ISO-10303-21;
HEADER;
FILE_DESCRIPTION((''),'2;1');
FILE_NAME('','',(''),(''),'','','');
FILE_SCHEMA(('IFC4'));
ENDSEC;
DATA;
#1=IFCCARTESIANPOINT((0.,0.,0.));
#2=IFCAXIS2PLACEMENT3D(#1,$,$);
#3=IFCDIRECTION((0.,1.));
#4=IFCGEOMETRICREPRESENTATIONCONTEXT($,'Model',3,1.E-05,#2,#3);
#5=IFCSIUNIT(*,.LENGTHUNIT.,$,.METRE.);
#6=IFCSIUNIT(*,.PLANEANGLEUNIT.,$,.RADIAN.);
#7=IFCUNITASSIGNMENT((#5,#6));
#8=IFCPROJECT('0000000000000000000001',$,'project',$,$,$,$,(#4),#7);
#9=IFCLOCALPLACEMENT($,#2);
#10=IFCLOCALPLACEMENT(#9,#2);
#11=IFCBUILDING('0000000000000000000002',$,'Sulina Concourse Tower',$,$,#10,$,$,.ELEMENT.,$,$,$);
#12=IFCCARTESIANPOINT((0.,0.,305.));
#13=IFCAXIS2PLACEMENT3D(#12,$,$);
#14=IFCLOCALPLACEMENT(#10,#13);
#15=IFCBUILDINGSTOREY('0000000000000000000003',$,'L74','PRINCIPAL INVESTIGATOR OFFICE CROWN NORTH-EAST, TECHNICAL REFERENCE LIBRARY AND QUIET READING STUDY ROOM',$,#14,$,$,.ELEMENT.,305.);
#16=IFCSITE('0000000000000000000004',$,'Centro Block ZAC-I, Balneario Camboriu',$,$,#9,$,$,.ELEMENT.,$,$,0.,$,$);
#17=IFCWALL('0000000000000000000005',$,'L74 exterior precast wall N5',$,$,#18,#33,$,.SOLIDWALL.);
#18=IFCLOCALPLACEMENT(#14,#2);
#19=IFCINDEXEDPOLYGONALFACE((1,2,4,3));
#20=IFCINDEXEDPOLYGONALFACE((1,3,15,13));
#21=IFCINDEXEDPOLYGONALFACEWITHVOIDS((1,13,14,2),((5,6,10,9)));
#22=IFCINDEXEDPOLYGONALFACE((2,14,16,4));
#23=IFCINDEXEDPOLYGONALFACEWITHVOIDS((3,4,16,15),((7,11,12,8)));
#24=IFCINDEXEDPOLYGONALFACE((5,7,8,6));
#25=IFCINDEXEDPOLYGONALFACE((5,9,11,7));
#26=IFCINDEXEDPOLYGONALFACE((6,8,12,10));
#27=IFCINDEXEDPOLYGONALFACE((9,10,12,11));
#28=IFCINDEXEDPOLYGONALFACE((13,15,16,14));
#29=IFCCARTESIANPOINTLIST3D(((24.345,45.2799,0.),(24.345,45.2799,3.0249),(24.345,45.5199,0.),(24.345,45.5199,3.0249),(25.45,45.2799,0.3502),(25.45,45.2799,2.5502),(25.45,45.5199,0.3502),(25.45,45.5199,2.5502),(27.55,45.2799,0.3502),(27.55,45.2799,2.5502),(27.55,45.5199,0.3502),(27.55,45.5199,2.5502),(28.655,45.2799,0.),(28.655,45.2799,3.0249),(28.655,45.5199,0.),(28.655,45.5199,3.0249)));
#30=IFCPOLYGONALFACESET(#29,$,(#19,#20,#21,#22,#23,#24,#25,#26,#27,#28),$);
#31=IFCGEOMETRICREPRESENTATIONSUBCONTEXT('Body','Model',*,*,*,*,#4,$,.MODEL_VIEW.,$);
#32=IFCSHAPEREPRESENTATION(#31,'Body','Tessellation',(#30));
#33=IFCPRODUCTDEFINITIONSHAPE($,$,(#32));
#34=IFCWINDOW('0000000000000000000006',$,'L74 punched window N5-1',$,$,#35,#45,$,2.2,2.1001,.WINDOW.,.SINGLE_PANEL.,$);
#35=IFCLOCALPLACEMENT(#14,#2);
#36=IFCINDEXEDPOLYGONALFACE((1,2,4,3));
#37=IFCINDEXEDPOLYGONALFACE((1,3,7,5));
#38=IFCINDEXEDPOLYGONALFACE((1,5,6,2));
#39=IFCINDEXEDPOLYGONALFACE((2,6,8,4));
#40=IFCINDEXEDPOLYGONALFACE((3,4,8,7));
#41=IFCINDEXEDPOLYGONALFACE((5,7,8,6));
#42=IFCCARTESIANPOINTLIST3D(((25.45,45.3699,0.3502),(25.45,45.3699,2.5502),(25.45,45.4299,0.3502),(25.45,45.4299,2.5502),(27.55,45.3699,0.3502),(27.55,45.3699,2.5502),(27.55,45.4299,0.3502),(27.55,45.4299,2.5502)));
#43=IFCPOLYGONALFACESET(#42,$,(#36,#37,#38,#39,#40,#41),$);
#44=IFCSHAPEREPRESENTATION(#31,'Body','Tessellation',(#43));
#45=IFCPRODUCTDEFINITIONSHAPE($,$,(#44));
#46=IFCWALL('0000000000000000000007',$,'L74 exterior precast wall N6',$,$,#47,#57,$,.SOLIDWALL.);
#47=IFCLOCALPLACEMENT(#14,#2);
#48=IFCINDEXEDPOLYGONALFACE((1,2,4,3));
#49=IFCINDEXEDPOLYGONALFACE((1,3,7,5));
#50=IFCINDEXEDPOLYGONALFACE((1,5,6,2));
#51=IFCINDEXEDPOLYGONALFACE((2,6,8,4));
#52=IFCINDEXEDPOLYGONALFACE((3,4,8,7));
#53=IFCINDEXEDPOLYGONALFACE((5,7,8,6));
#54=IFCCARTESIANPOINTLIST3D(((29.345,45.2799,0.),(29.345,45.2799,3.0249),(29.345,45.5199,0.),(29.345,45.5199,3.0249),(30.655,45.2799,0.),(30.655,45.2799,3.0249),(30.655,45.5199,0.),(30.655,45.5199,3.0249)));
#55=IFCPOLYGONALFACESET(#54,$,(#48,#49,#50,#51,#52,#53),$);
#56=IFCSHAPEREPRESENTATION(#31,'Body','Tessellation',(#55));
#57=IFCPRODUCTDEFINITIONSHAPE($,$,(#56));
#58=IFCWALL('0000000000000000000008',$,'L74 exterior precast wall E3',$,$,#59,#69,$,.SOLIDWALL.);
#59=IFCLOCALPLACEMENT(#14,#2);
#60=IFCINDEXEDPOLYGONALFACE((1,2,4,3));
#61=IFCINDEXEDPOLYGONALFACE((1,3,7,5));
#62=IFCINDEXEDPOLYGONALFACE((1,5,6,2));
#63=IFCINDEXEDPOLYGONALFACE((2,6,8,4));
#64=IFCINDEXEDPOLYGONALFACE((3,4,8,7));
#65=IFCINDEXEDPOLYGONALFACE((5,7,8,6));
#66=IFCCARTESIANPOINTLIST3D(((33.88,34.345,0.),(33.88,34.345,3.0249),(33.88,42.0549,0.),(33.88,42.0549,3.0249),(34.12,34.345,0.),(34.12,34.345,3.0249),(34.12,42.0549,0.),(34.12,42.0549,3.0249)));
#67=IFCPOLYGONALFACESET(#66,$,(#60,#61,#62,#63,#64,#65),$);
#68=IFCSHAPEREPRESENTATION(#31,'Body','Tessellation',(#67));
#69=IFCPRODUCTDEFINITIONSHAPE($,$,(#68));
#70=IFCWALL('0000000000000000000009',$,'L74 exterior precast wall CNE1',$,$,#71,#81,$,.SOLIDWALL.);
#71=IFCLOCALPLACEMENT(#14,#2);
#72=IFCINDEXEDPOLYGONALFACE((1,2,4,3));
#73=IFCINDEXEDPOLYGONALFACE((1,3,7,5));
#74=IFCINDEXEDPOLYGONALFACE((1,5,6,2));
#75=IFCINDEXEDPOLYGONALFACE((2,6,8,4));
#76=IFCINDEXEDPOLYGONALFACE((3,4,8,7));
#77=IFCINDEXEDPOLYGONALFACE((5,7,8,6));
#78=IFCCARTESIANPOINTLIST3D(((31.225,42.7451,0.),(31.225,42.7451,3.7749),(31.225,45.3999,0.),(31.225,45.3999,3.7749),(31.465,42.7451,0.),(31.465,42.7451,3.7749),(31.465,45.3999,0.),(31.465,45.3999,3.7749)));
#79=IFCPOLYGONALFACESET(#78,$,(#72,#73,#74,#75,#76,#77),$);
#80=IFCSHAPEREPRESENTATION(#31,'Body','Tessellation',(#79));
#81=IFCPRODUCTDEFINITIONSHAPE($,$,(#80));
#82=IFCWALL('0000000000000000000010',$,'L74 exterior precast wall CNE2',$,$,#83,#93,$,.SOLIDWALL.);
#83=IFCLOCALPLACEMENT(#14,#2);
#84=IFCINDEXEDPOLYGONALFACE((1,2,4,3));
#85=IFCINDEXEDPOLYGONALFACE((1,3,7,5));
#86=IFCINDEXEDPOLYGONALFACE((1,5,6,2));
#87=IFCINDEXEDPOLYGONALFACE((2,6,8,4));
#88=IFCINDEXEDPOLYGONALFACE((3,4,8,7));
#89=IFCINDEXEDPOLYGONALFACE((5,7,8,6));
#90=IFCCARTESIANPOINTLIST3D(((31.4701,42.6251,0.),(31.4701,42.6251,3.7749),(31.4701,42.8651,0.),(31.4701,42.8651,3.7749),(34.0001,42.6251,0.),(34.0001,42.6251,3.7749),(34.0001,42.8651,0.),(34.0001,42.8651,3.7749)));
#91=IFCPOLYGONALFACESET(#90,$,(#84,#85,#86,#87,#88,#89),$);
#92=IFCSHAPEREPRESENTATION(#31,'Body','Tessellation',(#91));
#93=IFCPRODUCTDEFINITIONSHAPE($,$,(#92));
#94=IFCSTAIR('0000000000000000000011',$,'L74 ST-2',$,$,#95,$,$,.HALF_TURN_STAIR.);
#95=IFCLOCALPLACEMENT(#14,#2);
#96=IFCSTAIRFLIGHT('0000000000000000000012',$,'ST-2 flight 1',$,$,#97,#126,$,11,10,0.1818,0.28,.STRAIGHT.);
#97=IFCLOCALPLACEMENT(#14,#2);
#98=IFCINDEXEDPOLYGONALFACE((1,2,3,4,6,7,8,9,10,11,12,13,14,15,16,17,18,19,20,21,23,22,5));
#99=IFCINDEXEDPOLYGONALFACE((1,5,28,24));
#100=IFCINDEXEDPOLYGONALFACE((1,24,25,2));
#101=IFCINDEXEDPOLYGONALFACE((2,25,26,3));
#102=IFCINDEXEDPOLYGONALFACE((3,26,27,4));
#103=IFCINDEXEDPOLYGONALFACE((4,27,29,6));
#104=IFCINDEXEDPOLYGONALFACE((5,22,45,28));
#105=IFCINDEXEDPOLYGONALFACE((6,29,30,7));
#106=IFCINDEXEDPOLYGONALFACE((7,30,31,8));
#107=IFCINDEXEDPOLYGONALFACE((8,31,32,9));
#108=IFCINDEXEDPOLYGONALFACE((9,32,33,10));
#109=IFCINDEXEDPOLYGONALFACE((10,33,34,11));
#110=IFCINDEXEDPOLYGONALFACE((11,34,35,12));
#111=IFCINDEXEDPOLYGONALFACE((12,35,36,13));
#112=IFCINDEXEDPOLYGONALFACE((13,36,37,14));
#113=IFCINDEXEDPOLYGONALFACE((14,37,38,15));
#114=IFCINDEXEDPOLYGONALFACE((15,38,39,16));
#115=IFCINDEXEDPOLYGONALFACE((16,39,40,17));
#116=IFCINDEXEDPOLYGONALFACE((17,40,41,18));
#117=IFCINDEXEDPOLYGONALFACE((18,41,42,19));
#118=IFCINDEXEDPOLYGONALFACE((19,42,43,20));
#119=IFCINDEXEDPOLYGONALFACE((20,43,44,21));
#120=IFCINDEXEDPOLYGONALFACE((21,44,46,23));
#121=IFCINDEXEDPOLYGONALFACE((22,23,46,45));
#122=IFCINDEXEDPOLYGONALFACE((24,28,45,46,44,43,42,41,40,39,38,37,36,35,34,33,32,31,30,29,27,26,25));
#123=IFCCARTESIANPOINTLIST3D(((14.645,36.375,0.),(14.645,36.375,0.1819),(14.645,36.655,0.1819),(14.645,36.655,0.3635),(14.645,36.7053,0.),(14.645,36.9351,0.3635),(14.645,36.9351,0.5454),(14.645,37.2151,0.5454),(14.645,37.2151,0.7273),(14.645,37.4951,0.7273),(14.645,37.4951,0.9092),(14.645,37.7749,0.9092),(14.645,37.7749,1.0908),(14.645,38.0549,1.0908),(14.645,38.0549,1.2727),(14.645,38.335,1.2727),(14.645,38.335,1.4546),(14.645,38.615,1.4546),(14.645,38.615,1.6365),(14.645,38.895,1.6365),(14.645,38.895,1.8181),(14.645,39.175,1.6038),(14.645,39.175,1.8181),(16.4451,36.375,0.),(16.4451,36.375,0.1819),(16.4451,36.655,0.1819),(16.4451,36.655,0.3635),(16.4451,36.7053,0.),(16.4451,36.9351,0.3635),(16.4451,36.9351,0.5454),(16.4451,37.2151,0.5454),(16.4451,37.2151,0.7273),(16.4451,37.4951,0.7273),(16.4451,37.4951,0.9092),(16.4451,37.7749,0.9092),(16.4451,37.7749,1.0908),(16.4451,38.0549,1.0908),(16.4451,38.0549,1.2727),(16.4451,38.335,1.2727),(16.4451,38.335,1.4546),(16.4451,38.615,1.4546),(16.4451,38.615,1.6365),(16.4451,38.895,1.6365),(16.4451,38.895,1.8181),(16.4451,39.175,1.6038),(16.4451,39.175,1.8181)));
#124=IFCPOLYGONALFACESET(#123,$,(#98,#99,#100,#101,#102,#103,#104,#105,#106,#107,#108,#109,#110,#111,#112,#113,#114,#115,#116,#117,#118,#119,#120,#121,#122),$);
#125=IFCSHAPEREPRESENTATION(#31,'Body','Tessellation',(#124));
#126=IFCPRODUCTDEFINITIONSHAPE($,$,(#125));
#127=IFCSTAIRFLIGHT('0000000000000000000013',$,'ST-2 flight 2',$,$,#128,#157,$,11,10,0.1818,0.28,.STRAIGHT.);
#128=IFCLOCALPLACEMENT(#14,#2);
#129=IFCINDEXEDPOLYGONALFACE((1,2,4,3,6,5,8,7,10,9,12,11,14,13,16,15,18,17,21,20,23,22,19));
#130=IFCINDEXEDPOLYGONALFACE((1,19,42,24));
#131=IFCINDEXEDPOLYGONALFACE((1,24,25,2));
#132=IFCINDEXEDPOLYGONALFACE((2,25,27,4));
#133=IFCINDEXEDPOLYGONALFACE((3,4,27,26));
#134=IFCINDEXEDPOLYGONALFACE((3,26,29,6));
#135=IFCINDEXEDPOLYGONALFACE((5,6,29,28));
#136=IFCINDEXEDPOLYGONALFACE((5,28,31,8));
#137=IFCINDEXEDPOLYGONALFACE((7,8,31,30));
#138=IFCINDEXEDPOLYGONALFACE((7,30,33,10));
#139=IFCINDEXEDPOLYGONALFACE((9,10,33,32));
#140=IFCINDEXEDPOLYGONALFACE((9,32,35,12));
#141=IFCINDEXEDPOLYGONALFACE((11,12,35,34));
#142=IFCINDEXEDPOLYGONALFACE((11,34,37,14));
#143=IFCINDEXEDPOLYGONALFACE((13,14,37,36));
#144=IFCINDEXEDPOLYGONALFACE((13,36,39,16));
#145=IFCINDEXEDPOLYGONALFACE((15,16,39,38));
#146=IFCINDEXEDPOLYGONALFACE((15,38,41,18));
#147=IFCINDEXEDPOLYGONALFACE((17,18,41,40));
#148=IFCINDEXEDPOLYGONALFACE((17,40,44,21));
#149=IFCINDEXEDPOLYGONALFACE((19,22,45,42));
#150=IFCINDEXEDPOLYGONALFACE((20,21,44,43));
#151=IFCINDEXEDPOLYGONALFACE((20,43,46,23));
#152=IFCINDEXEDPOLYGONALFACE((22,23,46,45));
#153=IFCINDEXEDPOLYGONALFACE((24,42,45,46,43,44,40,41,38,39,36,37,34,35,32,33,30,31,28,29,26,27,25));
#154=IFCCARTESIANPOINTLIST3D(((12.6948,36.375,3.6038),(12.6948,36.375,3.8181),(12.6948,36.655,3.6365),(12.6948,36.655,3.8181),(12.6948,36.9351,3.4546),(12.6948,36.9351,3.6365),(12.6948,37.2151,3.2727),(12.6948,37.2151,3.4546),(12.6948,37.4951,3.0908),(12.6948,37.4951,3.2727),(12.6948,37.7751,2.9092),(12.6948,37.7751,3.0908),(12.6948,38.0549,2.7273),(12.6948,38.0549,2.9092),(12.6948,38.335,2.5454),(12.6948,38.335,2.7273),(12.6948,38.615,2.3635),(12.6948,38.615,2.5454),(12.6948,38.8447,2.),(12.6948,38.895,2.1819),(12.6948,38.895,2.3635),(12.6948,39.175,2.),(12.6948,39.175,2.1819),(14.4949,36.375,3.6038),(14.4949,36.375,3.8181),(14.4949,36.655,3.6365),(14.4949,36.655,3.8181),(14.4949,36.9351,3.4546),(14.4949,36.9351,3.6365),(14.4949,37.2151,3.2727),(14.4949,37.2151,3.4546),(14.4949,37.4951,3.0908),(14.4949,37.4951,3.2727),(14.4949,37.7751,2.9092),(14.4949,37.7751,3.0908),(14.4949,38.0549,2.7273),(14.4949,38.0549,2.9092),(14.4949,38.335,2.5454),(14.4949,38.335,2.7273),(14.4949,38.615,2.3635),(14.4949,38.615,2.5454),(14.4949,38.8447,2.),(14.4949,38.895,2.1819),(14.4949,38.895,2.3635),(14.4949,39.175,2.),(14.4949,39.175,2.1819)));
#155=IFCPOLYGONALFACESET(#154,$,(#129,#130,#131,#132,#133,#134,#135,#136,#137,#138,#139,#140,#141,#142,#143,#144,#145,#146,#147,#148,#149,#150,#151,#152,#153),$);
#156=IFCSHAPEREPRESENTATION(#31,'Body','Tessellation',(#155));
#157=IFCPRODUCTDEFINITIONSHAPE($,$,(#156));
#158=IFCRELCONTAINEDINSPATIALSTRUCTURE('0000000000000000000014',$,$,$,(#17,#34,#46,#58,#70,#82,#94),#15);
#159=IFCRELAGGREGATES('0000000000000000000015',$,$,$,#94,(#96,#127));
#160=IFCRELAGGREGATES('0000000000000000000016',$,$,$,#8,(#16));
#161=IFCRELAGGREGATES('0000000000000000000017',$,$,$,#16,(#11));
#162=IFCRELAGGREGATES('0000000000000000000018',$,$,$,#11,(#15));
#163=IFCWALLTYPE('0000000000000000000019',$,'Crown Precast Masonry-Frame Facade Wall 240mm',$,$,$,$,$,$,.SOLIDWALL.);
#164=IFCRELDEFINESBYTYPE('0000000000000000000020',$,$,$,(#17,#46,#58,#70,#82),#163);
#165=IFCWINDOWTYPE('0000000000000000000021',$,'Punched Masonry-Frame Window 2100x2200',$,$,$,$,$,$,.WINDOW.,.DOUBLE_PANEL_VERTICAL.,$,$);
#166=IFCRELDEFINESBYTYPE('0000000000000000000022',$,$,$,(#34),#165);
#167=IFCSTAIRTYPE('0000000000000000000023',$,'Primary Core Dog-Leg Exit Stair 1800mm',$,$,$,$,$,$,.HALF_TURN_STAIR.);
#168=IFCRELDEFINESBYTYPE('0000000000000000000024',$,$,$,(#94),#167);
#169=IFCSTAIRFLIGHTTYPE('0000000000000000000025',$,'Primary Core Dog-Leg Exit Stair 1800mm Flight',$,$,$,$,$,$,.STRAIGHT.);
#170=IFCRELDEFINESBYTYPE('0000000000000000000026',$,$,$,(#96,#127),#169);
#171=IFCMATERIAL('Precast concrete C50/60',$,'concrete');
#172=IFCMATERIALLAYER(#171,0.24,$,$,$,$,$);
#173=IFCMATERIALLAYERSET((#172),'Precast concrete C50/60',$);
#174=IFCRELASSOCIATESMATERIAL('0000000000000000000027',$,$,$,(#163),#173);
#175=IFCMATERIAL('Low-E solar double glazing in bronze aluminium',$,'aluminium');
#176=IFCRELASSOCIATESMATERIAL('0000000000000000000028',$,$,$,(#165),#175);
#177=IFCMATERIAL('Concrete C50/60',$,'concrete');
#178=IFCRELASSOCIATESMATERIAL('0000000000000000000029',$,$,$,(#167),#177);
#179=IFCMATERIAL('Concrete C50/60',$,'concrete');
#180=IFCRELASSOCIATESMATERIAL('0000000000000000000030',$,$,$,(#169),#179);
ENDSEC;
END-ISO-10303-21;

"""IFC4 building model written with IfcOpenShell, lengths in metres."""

from ifc_helpers import new_model, si_unit, direction, frame, frame_2d, origin, place, context, subcontext, project, spatial, polyline, rectangle, outline, extrude, material, layer, layer_set, type_object, element, fill, aggregate, save


model = new_model("IFC4")

# Units and contexts
model_context = context("Model", 3, precision=1e-05, world=origin(), true_north=direction((0.0, 1.0)))
body_context = subcontext(model_context, "Body", "Model", "MODEL_VIEW")
ifc_project = project(units=[si_unit("LENGTHUNIT", "METRE"), si_unit("PLANEANGLEUNIT", "RADIAN")], contexts=[model_context])

# Site, building, storey
site_placement = place(None, origin())
site = spatial("IfcSite", under=ifc_project, at=site_placement, Name="Centro Block ZAC-I, Balneario Camboriu", CompositionType="ELEMENT", RefElevation=0.0)
building_placement = place(site_placement, origin())
building = spatial("IfcBuilding", under=site, at=building_placement, Name="Sulina Concourse Tower", CompositionType="ELEMENT")
storey_placement = place(building_placement, frame((0.0, 0.0, 305.0)))
storey = spatial("IfcBuildingStorey", under=building, at=storey_placement, Name="L74", Description="PRINCIPAL INVESTIGATOR OFFICE CROWN NORTH-EAST, TECHNICAL REFERENCE LIBRARY AND QUIET READING STUDY ROOM", CompositionType="ELEMENT", Elevation=305.0)

# Shared definitions
ifc_material_1 = material(Name="Precast concrete C50/60", Category="concrete")
ifc_layer = layer(ifc_material_1, 0.24)
ifc_layer_set = layer_set([ifc_layer], Name="Precast concrete C50/60")
wall_type = type_object("IfcWallType", Name="Crown Precast Masonry-Frame Facade Wall 240mm", PredefinedType="SOLIDWALL", material=ifc_layer_set)

# Wall, opening, window
wall_1_placement = place(storey_placement, frame((24.345, 45.3999, 0.0), z_axis=(0.0, 0.0, 1.0), x_axis=(1.0, 0.0, 0.0)))
wall_1 = element("IfcWall", 1, at=wall_1_placement, inside=storey, type_object=wall_type, Name="L74 exterior precast wall N5", PredefinedType="SOLIDWALL", context=body_context, shape_type="SweptSolid", body=[
    extrude(rectangle(XDim=4.3101, YDim=0.24, at=frame_2d((2.155, 0.0))), origin(), (0.0, 0.0, 1.0), 3.0249),
])
opening_placement = place(wall_1_placement, frame((1.105, 0.0, 0.3501)))
opening = element("IfcOpeningElement", 2, at=opening_placement, cuts=wall_1, PredefinedType="OPENING", context=body_context, shape_type="SweptSolid", body=[
    extrude(rectangle(XDim=2.1001, YDim=2.2, at=frame_2d((1.05, 1.1001))), frame((0.0, 0.1299, 0.0), z_axis=(0.0, -1.0, 0.0), x_axis=(1.0, 0.0, 0.0)), (0.0, 0.0, 1.0), 0.26),
])
ifc_material_2 = material(Name="Low-E solar double glazing in bronze aluminium", Category="aluminium")
window_type = type_object("IfcWindowType", Name="Punched Masonry-Frame Window 2100x2200", PartitioningType="DOUBLE_PANEL_VERTICAL", PredefinedType="WINDOW", material=ifc_material_2)
window_placement = place(opening_placement, origin())
window = element("IfcWindow", 3, at=window_placement, inside=storey, type_object=window_type, Name="L74 punched window N5-1", OverallHeight=2.2, OverallWidth=2.1001, PartitioningType="SINGLE_PANEL", PredefinedType="WINDOW", context=body_context, shape_type="SweptSolid", body=[
    extrude(rectangle(XDim=2.1001, YDim=2.2, at=frame_2d((1.05, 1.1001))), frame((0.0, 0.03, 0.0), z_axis=(0.0, -1.0, 0.0), x_axis=(1.0, 0.0, 0.0)), (0.0, 0.0, 1.0), 0.0601),
])
fill(opening, window)

# Walls
wall_2_placement = place(storey_placement, frame((29.345, 45.3999, 0.0), z_axis=(0.0, 0.0, 1.0), x_axis=(1.0, 0.0, 0.0)))
element("IfcWall", 4, at=wall_2_placement, inside=storey, type_object=wall_type, Name="L74 exterior precast wall N6", PredefinedType="SOLIDWALL", context=body_context, shape_type="SweptSolid", body=[
    extrude(rectangle(XDim=1.3101, YDim=0.24, at=frame_2d((0.655, 0.0))), origin(), (0.0, 0.0, 1.0), 3.0249),
])
wall_3_placement = place(storey_placement, frame((34.0, 42.0549, 0.0), z_axis=(0.0, 0.0, 1.0), x_axis=(0.0, -1.0, 0.0)))
element("IfcWall", 5, at=wall_3_placement, inside=storey, type_object=wall_type, Name="L74 exterior precast wall E3", PredefinedType="SOLIDWALL", context=body_context, shape_type="SweptSolid", body=[
    extrude(rectangle(XDim=7.71, YDim=0.24, at=frame_2d((3.855, 0.0))), origin(), (0.0, 0.0, 1.0), 3.0249),
])
wall_4_placement = place(storey_placement, frame((31.345, 45.3999, 0.0), z_axis=(0.0, 0.0, 1.0), x_axis=(0.0, -1.0, 0.0)))
element("IfcWall", 6, at=wall_4_placement, inside=storey, type_object=wall_type, Name="L74 exterior precast wall CNE1", PredefinedType="SOLIDWALL", context=body_context, shape_type="SweptSolid", body=[
    extrude(rectangle(XDim=2.6548, YDim=0.24, at=frame_2d((1.3274, 0.0))), origin(), (0.0, 0.0, 1.0), 3.7749),
])
wall_5_placement = place(storey_placement, frame((31.47, 42.7451, 0.0), z_axis=(0.0, 0.0, 1.0), x_axis=(1.0, 0.0, 0.0)))
element("IfcWall", 7, at=wall_5_placement, inside=storey, type_object=wall_type, Name="L74 exterior precast wall CNE2", PredefinedType="SOLIDWALL", context=body_context, shape_type="SweptSolid", body=[
    extrude(rectangle(XDim=2.53, YDim=0.24, at=frame_2d((1.2651, 0.0))), origin(), (0.0, 0.0, 1.0), 3.7749),
])

# Stair, stair flights
ifc_material_3 = material(Name="Concrete C50/60", Category="concrete")
stair_type = type_object("IfcStairType", Name="Primary Core Dog-Leg Exit Stair 1800mm", PredefinedType="HALF_TURN_STAIR", material=ifc_material_3)
stair_placement = place(storey_placement, origin())
stair = element("IfcStair", 8, at=stair_placement, inside=storey, type_object=stair_type, Name="L74 ST-2", PredefinedType="HALF_TURN_STAIR")
ifc_material_4 = material(Name="Concrete C50/60", Category="concrete")
stair_flight_type = type_object("IfcStairFlightType", Name="Primary Core Dog-Leg Exit Stair 1800mm Flight", PredefinedType="STRAIGHT", material=ifc_material_4)
stair_flight_1_placement = place(storey_placement, frame((15.5449, 36.375, 0.0), z_axis=(0.0, 0.0, 1.0), x_axis=(0.0, 1.0, 0.0)))
stair_flight_1 = element("IfcStairFlight", 9, at=stair_flight_1_placement, type_object=stair_flight_type, Name="ST-2 flight 1", NumberOfRisers=11, NumberOfTreads=10, PredefinedType="STRAIGHT", RiserHeight=0.1818, TreadLength=0.28, context=body_context, shape_type="SweptSolid", body=[
    extrude(outline(polyline([(0.0, 0.0), (0.0, 0.1819), (0.28, 0.1819), (0.28, 0.3635), (0.5601, 0.3635), (0.5601, 0.5454), (0.8401, 0.5454), (0.8401, 0.7273), (1.1201, 0.7273), (1.1201, 0.9092), (1.3999, 0.9092), (1.3999, 1.0908), (1.6799, 1.0908), (1.6799, 1.2727), (1.96, 1.2727), (1.96, 1.4546), (2.24, 1.4546), (2.24, 1.6365), (2.52, 1.6365), (2.52, 1.8181), (2.8, 1.8181), (2.8, 2.0), (2.8, 1.6038), (0.3303, 0.0), (0.0, 0.0)])), frame((0.0, 0.8999, 0.0), z_axis=(0.0, -1.0, 0.0), x_axis=(1.0, 0.0, 0.0)), (0.0, 0.0, 1.0), 1.8),
])
stair_flight_2_placement = place(storey_placement, frame((13.595, 39.175, 2.0), z_axis=(0.0, 0.0, 1.0), x_axis=(0.0, -1.0, 0.0)))
stair_flight_2 = element("IfcStairFlight", 10, at=stair_flight_2_placement, type_object=stair_flight_type, Name="ST-2 flight 2", NumberOfRisers=11, NumberOfTreads=10, PredefinedType="STRAIGHT", RiserHeight=0.1818, TreadLength=0.28, context=body_context, shape_type="SweptSolid", body=[
    extrude(outline(polyline([(0.0, 0.0), (0.0, 0.1819), (0.28, 0.1819), (0.28, 0.3635), (0.5601, 0.3635), (0.5601, 0.5454), (0.8401, 0.5454), (0.8401, 0.7273), (1.1201, 0.7273), (1.1201, 0.9092), (1.3999, 0.9092), (1.3999, 1.0908), (1.6799, 1.0908), (1.6799, 1.2727), (1.96, 1.2727), (1.96, 1.4546), (2.24, 1.4546), (2.24, 1.6365), (2.52, 1.6365), (2.52, 1.8181), (2.8, 1.8181), (2.8, 2.0), (2.8, 1.6038), (0.3303, 0.0), (0.0, 0.0)])), frame((0.0, 0.8999, 0.0), z_axis=(0.0, -1.0, 0.0), x_axis=(1.0, 0.0, 0.0)), (0.0, 0.0, 1.0), 1.8),
])
aggregate(stair, [stair_flight_1, stair_flight_2])

save(model, "model.ifc")
